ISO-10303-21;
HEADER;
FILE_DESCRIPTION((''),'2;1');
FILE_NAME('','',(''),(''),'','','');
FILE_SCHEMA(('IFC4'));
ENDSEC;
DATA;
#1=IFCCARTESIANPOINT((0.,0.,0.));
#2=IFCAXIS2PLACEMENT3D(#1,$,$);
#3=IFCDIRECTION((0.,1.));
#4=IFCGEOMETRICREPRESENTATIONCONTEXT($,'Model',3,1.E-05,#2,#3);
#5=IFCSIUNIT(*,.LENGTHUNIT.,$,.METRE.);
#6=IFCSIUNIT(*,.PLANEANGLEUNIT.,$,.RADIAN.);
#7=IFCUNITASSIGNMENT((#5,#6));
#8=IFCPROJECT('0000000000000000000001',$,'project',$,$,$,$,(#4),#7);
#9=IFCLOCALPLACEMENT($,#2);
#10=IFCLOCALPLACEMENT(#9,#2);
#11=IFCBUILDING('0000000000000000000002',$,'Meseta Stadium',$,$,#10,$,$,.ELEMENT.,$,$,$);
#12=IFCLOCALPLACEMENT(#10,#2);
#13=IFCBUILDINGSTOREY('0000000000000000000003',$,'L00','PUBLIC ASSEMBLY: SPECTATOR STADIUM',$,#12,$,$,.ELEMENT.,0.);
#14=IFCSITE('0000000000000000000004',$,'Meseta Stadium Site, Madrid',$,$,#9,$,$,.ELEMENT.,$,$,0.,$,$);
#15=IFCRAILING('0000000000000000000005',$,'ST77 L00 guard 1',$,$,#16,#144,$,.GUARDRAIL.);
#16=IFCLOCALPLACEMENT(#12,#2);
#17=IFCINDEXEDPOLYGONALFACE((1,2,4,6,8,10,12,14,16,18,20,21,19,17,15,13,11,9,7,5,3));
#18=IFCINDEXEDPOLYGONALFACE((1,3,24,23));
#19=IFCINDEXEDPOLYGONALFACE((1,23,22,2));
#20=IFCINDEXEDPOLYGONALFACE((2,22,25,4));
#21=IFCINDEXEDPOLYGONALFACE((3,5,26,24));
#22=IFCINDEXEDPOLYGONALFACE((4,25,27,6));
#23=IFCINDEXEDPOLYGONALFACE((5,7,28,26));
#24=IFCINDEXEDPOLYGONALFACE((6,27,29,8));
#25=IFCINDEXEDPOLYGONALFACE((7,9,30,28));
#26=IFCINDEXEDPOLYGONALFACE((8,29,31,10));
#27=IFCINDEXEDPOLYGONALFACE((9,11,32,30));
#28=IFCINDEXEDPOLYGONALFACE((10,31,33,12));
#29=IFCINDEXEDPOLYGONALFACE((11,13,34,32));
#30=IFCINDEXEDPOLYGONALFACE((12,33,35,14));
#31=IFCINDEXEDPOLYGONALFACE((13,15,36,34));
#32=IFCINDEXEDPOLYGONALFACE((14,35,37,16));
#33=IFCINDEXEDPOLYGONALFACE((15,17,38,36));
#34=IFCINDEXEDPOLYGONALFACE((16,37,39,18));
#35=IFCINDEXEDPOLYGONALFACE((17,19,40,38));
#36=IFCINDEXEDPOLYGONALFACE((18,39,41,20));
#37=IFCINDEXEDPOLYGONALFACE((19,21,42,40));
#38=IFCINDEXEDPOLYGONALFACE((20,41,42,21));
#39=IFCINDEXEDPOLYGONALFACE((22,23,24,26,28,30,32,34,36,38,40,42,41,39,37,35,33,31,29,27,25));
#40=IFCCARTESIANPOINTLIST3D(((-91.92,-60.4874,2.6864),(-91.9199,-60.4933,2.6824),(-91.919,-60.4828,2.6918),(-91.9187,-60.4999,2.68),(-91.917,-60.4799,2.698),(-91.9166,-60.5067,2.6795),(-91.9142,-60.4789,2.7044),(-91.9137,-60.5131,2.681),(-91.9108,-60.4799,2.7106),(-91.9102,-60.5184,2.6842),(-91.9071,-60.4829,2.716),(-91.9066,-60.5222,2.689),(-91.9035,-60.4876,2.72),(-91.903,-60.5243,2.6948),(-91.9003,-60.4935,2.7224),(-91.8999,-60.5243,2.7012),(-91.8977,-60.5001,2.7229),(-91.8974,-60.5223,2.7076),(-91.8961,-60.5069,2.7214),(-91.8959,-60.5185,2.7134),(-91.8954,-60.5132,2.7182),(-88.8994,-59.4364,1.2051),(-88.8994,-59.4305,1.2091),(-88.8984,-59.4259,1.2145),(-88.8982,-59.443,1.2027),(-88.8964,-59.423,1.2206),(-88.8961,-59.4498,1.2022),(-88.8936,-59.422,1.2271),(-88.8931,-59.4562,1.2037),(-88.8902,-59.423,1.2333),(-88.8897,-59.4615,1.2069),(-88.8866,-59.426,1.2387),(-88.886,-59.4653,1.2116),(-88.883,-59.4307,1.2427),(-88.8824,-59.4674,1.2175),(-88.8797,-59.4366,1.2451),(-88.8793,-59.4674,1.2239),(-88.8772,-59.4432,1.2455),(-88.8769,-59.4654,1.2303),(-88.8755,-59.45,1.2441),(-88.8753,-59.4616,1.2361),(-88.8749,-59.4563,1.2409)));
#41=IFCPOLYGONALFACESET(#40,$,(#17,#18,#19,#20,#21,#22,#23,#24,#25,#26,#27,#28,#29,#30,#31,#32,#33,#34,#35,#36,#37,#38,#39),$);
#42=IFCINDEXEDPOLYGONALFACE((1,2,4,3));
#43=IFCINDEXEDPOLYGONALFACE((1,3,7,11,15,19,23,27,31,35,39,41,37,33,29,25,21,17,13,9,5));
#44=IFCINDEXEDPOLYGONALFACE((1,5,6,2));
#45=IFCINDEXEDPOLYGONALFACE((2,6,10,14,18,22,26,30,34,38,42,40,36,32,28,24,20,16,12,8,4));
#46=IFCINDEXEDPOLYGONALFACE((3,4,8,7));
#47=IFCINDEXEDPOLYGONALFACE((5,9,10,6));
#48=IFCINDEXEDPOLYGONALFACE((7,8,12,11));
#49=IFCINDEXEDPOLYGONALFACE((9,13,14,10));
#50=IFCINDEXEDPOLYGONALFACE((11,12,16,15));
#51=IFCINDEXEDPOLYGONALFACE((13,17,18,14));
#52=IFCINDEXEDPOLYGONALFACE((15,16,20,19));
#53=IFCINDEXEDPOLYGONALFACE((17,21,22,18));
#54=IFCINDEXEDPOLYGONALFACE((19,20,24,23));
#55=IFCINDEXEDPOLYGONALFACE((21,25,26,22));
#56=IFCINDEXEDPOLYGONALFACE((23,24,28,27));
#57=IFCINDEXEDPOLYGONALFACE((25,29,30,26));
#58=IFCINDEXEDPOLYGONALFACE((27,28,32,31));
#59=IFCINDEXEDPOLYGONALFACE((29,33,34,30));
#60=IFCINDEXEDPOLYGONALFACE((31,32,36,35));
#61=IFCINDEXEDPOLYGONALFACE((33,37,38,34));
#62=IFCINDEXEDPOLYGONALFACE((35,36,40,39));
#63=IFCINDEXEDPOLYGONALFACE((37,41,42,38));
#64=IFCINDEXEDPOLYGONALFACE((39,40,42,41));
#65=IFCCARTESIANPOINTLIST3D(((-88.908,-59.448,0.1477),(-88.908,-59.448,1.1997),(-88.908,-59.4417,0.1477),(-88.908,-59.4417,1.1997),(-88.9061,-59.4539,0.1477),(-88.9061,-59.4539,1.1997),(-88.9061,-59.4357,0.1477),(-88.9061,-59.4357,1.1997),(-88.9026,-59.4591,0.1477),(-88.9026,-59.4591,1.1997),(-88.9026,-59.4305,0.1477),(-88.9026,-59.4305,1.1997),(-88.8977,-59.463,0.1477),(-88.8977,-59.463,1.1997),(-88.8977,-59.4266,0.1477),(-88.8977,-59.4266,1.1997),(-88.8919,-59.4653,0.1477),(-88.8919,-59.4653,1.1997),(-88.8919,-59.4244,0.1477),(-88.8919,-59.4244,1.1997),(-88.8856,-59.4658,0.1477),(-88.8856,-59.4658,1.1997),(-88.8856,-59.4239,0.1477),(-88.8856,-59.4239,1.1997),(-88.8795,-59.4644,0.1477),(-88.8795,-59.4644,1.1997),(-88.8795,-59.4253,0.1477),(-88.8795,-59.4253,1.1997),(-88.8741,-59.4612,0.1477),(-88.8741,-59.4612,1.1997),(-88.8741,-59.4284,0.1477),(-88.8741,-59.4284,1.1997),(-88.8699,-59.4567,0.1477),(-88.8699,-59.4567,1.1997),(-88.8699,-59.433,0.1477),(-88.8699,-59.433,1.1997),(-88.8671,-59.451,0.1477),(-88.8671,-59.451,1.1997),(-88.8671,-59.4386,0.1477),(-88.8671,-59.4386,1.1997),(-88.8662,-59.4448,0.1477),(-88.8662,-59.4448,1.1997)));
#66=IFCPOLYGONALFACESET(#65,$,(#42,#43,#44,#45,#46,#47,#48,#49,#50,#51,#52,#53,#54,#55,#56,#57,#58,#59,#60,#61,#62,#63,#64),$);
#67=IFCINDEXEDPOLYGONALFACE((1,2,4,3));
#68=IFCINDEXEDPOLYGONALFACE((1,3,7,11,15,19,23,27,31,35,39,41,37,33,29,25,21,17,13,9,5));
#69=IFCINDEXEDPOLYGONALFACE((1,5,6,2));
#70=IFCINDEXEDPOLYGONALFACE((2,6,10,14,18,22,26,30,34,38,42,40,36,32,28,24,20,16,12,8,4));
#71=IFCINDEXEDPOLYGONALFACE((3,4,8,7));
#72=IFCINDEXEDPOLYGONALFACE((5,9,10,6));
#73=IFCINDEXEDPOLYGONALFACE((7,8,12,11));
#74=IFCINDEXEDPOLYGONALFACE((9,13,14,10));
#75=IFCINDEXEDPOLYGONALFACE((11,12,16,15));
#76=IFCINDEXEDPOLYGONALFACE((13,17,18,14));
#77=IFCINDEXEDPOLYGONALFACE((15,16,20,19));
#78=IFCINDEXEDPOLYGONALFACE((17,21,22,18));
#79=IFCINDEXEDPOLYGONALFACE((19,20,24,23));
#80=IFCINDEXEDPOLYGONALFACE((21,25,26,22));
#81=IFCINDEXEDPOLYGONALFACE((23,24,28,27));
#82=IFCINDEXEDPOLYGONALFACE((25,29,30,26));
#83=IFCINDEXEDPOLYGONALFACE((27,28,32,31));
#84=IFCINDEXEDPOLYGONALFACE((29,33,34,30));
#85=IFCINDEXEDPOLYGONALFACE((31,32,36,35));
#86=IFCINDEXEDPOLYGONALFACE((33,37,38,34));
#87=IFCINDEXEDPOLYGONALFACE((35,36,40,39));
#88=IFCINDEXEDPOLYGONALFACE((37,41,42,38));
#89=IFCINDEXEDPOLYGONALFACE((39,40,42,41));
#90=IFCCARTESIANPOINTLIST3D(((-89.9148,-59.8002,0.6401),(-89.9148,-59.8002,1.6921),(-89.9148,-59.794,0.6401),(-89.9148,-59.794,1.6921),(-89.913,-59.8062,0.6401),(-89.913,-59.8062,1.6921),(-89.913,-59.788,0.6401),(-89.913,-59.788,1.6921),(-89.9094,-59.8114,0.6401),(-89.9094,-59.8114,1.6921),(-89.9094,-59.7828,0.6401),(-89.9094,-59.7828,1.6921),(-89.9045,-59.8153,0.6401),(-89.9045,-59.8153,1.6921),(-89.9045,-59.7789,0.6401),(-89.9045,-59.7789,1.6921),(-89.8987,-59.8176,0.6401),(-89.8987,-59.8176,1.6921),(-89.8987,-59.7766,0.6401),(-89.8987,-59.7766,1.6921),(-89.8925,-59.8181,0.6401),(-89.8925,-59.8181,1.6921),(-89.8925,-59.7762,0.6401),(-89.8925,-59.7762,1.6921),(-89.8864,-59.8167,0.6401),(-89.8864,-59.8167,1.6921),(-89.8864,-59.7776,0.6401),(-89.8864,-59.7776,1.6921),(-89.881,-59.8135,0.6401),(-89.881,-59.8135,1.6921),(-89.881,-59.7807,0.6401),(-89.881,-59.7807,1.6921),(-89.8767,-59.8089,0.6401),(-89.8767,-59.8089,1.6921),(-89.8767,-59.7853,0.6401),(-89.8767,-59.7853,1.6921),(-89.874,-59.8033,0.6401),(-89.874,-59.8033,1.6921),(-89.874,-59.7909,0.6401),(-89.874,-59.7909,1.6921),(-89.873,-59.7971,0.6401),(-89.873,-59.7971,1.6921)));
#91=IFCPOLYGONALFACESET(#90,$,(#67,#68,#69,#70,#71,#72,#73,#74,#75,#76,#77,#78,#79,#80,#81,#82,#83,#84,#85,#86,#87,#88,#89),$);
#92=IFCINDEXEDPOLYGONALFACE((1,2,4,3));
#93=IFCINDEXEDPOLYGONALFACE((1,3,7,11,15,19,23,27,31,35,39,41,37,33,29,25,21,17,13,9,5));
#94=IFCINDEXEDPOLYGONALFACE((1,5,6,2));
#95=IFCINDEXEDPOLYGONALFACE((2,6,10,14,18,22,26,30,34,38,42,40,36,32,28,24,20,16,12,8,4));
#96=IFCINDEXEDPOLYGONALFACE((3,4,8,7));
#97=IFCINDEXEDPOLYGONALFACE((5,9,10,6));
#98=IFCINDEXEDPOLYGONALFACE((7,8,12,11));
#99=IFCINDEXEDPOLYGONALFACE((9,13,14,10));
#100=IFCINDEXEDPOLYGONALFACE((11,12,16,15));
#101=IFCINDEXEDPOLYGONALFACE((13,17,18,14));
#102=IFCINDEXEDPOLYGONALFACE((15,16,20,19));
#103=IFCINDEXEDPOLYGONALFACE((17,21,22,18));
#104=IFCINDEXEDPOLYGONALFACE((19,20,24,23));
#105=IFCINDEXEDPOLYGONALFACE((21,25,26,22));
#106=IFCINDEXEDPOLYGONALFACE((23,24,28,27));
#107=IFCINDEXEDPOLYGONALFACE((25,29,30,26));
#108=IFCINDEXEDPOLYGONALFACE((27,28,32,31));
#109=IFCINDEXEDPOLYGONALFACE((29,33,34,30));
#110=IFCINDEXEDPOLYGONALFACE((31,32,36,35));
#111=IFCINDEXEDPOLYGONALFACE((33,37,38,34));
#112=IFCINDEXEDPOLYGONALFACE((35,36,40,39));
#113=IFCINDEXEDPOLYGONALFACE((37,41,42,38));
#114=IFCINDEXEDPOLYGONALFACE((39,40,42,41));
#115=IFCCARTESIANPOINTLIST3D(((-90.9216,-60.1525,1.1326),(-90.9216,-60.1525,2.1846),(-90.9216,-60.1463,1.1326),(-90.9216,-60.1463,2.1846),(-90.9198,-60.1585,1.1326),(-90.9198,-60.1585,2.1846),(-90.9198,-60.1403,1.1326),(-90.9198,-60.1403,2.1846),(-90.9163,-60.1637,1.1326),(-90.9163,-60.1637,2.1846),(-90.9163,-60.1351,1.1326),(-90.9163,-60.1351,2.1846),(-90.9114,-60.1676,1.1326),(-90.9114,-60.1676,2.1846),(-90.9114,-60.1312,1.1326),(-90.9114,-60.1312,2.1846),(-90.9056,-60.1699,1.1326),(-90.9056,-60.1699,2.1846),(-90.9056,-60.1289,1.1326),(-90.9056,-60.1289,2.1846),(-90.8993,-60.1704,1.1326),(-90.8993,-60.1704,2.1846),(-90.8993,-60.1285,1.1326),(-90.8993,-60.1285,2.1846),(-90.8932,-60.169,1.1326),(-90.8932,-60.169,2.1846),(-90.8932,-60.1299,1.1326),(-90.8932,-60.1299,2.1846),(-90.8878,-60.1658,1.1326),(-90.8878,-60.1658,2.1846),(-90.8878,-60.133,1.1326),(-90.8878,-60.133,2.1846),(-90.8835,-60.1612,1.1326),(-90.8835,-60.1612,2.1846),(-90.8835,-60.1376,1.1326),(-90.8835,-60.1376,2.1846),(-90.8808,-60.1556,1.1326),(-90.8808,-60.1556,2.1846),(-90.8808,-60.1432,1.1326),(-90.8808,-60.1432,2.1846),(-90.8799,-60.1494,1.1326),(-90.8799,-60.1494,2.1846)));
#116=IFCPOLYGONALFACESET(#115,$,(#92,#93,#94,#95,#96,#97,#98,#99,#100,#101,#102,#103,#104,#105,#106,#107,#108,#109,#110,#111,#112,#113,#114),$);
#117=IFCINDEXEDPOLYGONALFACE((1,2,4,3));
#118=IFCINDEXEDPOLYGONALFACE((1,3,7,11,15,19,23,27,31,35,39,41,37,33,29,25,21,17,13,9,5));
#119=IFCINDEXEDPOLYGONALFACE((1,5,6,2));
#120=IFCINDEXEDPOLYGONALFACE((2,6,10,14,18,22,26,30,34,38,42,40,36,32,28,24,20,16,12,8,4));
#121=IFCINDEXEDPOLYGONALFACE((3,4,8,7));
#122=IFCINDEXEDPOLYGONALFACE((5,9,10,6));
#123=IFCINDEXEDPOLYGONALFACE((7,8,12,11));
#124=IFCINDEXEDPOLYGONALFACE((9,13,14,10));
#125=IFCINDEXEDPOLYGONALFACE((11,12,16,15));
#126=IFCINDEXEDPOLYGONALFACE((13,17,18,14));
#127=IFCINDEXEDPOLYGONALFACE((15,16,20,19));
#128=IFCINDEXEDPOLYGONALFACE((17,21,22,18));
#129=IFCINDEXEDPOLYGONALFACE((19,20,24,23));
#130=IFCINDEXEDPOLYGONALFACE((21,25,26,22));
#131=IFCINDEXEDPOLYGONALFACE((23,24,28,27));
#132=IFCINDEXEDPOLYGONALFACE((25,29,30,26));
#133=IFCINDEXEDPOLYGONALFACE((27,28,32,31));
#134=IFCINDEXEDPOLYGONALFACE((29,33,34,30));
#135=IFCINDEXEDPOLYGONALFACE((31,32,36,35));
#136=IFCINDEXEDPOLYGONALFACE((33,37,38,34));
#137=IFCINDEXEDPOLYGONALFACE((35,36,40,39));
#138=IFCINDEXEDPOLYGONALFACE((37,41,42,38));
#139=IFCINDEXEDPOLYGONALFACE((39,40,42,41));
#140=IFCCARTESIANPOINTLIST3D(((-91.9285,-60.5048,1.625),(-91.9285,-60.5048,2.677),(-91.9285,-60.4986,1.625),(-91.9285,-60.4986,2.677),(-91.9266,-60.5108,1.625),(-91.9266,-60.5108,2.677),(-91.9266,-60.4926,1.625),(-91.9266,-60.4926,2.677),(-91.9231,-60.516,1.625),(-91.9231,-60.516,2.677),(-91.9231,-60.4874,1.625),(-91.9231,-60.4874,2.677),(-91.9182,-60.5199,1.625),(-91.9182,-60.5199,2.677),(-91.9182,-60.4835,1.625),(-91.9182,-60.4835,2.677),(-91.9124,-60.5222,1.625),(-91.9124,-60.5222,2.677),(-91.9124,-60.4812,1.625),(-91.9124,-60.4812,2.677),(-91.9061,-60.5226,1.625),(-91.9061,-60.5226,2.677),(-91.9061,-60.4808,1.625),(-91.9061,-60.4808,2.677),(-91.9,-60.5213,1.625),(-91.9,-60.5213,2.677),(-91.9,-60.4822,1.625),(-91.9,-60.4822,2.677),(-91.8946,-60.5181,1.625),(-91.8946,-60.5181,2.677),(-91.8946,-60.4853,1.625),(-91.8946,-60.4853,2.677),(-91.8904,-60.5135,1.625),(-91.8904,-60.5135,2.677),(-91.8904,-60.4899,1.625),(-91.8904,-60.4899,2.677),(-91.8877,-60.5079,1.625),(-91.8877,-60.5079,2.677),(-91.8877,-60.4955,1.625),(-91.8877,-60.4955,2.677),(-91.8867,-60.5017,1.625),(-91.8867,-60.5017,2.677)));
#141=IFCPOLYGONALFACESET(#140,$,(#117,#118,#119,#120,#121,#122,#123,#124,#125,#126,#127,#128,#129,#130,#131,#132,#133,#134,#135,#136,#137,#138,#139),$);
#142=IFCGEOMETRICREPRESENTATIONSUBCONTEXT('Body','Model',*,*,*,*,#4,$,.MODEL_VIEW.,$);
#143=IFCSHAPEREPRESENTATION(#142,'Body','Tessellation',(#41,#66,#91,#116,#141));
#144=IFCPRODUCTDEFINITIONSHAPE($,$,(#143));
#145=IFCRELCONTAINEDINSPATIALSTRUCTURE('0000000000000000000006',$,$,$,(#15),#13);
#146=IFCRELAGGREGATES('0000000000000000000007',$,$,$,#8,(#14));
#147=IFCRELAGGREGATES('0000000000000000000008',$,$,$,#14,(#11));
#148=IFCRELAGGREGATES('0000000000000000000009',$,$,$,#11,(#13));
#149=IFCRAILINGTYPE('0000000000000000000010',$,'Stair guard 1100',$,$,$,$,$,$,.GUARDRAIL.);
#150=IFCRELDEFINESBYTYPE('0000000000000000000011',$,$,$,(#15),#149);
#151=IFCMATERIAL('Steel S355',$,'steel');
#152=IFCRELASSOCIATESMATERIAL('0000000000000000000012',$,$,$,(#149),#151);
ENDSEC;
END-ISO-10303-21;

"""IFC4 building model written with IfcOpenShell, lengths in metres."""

from ifc_helpers import new_model, si_unit, direction, frame, origin, origin_2d, place, context, subcontext, project, spatial, circle, extrude, material, type_object, element, save


model = new_model("IFC4")

# Units and contexts
model_context = context("Model", 3, precision=1e-05, world=origin(), true_north=direction((0.0, 1.0)))
body_context = subcontext(model_context, "Body", "Model", "MODEL_VIEW")
ifc_project = project(units=[si_unit("LENGTHUNIT", "METRE"), si_unit("PLANEANGLEUNIT", "RADIAN")], contexts=[model_context])

# Site, building, storey
site_placement = place(None, origin())
site = spatial("IfcSite", under=ifc_project, at=site_placement, Name="Meseta Stadium Site, Madrid", CompositionType="ELEMENT", RefElevation=0.0)
building_placement = place(site_placement, origin())
building = spatial("IfcBuilding", under=site, at=building_placement, Name="Meseta Stadium", CompositionType="ELEMENT")
storey_placement = place(building_placement, origin())
storey = spatial("IfcBuildingStorey", under=building, at=storey_placement, Name="L00", Description="PUBLIC ASSEMBLY: SPECTATOR STADIUM", CompositionType="ELEMENT", Elevation=0.0)

# Railing
ifc_material_1 = material(Name="Steel S355", Category="steel")
railing_type_1 = type_object("IfcRailingType", Name="Stair guard 1100", PredefinedType="GUARDRAIL", material=ifc_material_1)
railing_1_placement = place(storey_placement, frame((-88.8872, -59.4448, 0.1477)))
element("IfcRailing", 1, at=railing_1_placement, inside=storey, type_object=railing_type_1, Name="ST77 L00 guard 1", PredefinedType="GUARDRAIL", context=body_context, shape_type="SweptSolid", body=[
    extrude(circle(Radius=0.0239, at=origin_2d()), frame((0.0, 0.0, 1.0762), z_axis=(-0.856977, -0.299859, 0.419137), x_axis=(0.330269, -0.943887, 0.0)), (0.0, 0.0, 1.0), 3.5247),
    extrude(circle(Radius=0.021, at=origin_2d()), origin(), (0.0, 0.0, 1.0), 1.052),
    extrude(circle(Radius=0.021, at=origin_2d()), frame((-1.0068, -0.3523, 0.4924)), (0.0, 0.0, 1.0), 1.052),
    extrude(circle(Radius=0.021, at=origin_2d()), frame((-2.0137, -0.7046, 0.9849)), (0.0, 0.0, 1.0), 1.052),
    extrude(circle(Radius=0.021, at=origin_2d()), frame((-3.0205, -1.0569, 1.4773)), (0.0, 0.0, 1.0), 1.052),
])

save(model, "model.ifc")
